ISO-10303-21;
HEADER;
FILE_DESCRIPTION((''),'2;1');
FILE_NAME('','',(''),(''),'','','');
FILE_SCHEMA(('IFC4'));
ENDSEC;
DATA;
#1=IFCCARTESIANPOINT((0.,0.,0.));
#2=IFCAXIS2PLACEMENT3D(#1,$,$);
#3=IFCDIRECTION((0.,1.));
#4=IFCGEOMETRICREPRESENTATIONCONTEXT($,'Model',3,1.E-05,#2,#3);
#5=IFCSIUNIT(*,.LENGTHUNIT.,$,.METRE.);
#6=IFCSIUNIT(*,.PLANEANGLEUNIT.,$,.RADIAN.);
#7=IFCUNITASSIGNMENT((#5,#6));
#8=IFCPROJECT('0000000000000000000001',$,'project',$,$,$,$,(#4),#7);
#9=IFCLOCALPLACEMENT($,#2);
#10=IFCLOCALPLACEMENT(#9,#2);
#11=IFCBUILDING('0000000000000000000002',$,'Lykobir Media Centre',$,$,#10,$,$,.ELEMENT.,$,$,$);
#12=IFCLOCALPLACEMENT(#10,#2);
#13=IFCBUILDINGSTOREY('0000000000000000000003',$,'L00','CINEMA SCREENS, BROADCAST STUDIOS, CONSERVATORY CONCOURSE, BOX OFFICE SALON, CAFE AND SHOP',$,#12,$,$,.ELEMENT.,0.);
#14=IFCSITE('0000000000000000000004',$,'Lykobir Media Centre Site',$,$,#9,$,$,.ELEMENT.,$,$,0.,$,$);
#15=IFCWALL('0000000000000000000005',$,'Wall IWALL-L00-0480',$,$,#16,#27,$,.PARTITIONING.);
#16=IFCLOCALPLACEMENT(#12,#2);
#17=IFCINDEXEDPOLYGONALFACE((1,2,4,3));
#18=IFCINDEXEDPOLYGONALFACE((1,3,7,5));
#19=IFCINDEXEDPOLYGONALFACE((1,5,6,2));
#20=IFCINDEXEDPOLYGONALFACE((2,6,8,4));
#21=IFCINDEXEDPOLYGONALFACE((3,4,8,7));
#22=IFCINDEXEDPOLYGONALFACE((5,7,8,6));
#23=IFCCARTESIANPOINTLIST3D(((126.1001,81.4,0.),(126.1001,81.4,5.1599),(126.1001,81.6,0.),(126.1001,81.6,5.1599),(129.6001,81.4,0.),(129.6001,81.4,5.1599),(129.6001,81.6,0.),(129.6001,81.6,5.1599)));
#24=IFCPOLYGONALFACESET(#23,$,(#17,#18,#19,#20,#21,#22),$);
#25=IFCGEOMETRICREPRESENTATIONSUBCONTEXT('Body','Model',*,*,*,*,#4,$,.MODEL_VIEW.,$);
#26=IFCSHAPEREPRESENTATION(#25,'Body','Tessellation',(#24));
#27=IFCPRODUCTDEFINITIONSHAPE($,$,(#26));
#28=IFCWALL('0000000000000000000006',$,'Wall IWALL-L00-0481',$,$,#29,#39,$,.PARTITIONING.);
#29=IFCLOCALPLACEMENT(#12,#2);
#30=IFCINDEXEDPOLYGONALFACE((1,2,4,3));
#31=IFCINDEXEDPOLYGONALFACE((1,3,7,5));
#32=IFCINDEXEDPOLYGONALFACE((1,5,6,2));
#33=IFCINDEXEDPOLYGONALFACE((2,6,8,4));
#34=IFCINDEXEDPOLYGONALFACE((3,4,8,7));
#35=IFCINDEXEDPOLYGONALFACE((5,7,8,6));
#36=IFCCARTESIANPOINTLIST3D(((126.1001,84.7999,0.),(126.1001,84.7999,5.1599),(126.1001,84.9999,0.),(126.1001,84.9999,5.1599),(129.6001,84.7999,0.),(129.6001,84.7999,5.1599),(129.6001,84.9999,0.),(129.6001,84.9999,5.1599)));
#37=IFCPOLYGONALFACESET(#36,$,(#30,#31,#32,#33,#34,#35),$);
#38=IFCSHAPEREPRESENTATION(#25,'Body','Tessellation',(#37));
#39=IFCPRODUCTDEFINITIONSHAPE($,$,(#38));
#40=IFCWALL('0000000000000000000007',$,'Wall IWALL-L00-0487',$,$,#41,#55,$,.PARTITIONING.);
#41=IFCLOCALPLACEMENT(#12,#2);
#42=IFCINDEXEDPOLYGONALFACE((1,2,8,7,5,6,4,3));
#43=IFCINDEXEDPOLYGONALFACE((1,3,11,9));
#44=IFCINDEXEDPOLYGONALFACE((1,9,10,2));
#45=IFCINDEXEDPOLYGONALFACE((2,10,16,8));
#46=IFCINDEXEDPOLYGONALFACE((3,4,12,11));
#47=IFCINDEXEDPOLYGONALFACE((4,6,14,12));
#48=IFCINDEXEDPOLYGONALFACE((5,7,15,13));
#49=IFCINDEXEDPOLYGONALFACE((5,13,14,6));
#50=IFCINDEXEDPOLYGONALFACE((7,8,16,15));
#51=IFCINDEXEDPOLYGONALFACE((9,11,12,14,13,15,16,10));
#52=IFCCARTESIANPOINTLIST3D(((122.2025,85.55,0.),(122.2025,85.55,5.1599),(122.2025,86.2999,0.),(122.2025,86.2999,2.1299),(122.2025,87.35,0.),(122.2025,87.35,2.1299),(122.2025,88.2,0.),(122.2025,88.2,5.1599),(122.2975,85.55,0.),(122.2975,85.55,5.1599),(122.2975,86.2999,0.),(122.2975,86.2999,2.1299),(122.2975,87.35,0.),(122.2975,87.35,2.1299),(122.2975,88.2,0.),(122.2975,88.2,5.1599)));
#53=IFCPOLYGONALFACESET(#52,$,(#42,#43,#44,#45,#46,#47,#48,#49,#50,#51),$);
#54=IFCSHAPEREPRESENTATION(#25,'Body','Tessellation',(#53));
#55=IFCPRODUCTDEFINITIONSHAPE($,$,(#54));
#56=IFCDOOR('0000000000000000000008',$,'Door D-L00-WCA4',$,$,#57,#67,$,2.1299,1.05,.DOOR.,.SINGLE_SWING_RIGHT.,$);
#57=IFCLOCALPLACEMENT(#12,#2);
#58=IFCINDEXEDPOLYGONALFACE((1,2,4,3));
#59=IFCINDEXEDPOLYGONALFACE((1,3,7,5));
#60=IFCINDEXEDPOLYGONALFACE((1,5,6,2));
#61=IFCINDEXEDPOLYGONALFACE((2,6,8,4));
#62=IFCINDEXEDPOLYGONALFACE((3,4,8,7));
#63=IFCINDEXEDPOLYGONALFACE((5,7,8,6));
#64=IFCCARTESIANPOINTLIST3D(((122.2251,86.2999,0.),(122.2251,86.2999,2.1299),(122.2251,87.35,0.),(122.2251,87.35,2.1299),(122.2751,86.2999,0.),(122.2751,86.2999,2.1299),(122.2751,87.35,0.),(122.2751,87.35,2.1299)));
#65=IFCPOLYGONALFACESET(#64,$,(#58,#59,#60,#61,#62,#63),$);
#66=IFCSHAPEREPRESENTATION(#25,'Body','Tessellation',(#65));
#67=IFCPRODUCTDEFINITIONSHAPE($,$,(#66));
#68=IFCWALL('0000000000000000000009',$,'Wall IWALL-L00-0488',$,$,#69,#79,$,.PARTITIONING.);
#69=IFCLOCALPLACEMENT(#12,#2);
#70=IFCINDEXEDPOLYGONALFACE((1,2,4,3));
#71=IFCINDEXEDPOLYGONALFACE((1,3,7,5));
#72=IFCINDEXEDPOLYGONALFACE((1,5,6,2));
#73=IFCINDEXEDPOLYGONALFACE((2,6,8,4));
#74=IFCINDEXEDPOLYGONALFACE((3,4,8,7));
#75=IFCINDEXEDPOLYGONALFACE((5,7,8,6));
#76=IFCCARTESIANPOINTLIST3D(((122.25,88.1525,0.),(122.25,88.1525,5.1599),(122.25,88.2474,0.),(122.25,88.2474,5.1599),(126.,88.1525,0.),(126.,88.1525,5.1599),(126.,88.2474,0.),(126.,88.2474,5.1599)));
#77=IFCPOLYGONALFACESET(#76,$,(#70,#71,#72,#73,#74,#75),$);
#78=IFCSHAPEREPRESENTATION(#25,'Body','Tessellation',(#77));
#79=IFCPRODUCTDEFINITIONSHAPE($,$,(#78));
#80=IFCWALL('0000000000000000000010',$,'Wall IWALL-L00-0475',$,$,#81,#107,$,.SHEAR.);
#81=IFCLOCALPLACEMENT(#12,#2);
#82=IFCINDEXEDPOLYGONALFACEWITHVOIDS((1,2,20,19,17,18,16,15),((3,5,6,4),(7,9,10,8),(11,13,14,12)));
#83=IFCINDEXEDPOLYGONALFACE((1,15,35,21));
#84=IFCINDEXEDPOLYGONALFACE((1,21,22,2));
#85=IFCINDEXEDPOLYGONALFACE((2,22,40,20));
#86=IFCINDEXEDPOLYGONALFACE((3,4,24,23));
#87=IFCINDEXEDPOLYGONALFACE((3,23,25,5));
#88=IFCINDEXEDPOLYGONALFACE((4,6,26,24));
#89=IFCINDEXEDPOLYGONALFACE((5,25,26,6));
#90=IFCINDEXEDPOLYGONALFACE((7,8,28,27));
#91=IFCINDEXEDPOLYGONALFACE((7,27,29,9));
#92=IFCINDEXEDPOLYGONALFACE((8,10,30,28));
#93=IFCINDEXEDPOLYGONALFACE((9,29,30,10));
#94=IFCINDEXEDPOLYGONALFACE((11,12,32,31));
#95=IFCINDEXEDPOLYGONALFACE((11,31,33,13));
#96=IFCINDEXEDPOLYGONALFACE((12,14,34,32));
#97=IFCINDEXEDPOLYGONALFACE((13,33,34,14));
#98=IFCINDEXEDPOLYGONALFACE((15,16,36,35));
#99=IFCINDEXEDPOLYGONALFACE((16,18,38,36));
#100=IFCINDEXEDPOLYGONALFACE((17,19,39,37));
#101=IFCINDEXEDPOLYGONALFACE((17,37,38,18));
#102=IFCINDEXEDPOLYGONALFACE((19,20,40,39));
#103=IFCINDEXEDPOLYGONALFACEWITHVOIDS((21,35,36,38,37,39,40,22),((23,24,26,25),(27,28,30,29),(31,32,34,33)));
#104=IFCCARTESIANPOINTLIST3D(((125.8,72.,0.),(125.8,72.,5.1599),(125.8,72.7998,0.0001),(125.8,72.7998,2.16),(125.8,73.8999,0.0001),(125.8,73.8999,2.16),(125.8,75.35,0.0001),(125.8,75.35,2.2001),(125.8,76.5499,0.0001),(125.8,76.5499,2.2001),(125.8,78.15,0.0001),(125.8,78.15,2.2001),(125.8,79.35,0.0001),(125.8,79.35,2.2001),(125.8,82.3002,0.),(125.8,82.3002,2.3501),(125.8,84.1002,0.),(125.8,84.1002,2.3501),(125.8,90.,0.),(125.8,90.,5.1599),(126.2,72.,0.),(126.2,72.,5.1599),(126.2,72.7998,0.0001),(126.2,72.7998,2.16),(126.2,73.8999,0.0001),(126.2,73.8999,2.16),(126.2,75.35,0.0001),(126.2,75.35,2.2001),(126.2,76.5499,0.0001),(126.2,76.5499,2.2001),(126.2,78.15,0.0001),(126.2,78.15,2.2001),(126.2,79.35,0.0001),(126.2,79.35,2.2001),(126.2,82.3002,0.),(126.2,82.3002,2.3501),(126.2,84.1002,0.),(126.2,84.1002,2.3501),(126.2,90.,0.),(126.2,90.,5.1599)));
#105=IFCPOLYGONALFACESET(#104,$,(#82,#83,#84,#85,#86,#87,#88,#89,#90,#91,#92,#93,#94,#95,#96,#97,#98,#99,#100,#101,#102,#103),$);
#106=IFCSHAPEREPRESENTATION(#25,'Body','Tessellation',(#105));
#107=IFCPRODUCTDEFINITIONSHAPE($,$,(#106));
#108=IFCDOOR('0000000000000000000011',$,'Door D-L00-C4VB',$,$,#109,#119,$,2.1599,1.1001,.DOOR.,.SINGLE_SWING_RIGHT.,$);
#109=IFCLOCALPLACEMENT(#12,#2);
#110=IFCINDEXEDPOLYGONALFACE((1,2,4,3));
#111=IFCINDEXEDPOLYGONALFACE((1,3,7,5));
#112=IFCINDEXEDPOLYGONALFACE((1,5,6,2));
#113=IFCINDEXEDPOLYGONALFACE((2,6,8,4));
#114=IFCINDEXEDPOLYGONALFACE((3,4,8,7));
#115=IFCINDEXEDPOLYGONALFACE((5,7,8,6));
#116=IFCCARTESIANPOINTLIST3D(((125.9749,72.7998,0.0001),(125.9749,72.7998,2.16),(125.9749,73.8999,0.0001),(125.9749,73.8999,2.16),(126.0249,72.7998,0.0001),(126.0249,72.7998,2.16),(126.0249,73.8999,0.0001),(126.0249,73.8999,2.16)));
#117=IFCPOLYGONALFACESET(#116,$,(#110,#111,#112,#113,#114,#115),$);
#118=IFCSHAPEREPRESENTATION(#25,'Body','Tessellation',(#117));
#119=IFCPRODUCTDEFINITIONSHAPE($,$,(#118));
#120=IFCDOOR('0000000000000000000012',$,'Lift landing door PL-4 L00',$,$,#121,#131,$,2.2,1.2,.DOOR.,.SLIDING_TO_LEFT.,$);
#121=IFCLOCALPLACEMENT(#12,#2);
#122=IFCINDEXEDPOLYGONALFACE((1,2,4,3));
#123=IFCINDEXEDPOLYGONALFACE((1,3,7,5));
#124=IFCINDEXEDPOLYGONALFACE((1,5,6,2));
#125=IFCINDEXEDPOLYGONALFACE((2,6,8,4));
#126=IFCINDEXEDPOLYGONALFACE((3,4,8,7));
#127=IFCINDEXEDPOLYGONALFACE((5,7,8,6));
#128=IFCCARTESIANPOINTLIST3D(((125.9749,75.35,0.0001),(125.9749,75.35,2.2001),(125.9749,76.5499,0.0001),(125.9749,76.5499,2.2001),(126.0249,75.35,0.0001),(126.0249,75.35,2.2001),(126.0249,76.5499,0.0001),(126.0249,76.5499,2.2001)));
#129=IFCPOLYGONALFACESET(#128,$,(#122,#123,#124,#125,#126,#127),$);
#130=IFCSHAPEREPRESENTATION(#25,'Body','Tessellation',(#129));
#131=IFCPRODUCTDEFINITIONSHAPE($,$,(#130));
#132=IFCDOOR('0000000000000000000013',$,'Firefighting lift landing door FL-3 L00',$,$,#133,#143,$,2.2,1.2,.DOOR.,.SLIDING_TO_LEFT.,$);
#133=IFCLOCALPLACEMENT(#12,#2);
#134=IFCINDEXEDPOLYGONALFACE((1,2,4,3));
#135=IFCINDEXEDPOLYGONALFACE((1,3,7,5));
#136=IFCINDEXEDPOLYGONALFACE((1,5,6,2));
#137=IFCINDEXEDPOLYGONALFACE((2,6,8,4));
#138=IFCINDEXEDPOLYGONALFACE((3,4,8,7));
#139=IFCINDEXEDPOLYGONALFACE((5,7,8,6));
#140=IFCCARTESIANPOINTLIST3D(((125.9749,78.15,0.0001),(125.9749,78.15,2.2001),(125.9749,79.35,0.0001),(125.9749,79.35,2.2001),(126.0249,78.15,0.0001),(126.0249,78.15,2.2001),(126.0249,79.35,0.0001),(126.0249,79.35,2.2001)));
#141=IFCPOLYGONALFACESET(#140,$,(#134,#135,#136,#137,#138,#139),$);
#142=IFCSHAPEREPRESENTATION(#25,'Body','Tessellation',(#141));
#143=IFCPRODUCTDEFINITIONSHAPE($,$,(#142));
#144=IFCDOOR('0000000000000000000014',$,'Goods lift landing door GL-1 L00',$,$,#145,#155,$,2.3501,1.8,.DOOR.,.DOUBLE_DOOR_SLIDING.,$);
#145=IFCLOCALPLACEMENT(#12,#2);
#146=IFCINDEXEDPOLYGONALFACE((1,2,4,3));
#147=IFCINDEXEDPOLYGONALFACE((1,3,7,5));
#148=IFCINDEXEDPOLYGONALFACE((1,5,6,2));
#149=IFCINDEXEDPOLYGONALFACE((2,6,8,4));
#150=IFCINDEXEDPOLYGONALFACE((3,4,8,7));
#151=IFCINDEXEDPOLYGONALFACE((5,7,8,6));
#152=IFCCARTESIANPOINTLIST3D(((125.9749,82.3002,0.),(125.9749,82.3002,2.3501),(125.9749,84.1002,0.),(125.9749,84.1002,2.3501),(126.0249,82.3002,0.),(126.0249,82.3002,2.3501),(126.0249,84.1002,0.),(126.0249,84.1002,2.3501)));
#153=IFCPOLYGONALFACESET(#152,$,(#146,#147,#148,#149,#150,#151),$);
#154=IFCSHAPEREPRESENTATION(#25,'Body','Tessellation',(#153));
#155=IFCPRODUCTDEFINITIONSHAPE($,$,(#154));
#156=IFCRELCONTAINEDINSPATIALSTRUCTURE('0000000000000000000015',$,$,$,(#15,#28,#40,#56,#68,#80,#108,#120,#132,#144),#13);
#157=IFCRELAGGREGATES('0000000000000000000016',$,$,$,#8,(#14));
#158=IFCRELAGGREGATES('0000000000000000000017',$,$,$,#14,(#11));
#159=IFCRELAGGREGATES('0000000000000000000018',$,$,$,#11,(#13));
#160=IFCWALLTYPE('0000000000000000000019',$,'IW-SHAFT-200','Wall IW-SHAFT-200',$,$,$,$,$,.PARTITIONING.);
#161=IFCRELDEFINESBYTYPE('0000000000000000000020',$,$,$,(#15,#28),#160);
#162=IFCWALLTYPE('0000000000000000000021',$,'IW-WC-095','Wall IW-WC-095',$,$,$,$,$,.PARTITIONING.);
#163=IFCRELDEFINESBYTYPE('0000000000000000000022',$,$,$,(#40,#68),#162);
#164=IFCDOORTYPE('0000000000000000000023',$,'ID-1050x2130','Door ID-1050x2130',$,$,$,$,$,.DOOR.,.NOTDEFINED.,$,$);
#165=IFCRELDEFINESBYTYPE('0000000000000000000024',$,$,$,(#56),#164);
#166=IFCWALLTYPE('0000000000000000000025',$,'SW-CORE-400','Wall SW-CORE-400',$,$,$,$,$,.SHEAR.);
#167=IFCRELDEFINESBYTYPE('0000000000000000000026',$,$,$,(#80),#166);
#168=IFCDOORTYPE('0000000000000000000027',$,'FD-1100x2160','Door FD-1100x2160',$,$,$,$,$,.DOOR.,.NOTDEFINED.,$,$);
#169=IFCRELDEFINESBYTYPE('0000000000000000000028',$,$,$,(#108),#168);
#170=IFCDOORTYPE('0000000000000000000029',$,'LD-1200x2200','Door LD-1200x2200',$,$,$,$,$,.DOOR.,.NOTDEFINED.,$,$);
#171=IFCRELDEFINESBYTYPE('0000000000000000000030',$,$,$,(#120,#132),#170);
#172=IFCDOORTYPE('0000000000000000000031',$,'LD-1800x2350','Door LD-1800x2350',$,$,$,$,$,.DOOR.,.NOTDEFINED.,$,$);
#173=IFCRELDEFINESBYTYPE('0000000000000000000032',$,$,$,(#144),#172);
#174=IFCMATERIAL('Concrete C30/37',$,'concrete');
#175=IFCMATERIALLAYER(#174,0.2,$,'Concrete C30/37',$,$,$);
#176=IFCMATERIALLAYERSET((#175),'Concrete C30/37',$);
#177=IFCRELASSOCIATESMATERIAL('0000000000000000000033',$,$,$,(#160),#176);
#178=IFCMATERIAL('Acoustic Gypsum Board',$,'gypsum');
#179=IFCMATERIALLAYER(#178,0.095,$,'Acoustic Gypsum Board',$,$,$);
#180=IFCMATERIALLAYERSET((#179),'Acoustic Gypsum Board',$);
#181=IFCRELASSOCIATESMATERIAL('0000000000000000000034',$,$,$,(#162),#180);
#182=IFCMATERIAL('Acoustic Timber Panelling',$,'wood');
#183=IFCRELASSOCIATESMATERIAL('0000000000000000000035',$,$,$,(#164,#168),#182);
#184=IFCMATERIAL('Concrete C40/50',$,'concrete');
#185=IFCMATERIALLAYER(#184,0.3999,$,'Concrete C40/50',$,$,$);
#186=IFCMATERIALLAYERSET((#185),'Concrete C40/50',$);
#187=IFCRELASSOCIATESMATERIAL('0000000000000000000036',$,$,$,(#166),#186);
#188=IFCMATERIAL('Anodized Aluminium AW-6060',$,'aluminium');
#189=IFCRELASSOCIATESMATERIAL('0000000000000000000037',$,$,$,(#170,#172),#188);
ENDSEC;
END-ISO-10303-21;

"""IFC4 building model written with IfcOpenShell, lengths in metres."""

from ifc_helpers import new_model, si_unit, direction, frame, frame_2d, origin, place, context, subcontext, project, spatial, rectangle, extrude, material, layer, layer_set, type_object, element, fill, save


model = new_model("IFC4")

# Units and contexts
model_context = context("Model", 3, precision=1e-05, world=origin(), true_north=direction((0.0, 1.0)))
body_context = subcontext(model_context, "Body", "Model", "MODEL_VIEW")
ifc_project = project(units=[si_unit("LENGTHUNIT", "METRE"), si_unit("PLANEANGLEUNIT", "RADIAN")], contexts=[model_context])

# Site, building, storey
site_placement = place(None, origin())
site = spatial("IfcSite", under=ifc_project, at=site_placement, Name="Lykobir Media Centre Site", CompositionType="ELEMENT", RefElevation=0.0)
building_placement = place(site_placement, origin())
building = spatial("IfcBuilding", under=site, at=building_placement, Name="Lykobir Media Centre", CompositionType="ELEMENT")
storey_placement = place(building_placement, origin())
storey = spatial("IfcBuildingStorey", under=building, at=storey_placement, Name="L00", Description="CINEMA SCREENS, BROADCAST STUDIOS, CONSERVATORY CONCOURSE, BOX OFFICE SALON, CAFE AND SHOP", CompositionType="ELEMENT", Elevation=0.0)

# Shared definitions
ifc_material_1 = material(Name="Concrete C40/50", Category="concrete")

# Walls
ifc_material_2 = material(Name="Acoustic Gypsum Board", Category="gypsum")
ifc_material_3 = material(Name="Concrete C30/37", Category="concrete")
ifc_layer_1 = layer(ifc_material_3, 0.2, Name="Concrete C30/37")
ifc_layer_set_1 = layer_set([ifc_layer_1], Name="Concrete C30/37")
wall_type_1 = type_object("IfcWallType", Name="IW-SHAFT-200", Description="Wall IW-SHAFT-200", PredefinedType="PARTITIONING", material=ifc_layer_set_1)
for number, where, z_axis, x_axis, name in (
    (1, (126.1001, 81.5, 0.0), (0.0, 0.0, 1.0), (1.0, 0.0, 0.0), "Wall IWALL-L00-0480"),
    (2, (126.1001, 84.8999, 0.0), (0.0, 0.0, 1.0), (1.0, 0.0, 0.0), "Wall IWALL-L00-0481"),
):
    element("IfcWall", number, at=place(storey_placement, frame(where, z_axis=z_axis, x_axis=x_axis)), inside=storey, type_object=wall_type_1, Name=name, PredefinedType="PARTITIONING", context=body_context, shape_type="SweptSolid", body=[
        extrude(rectangle(XDim=3.5, YDim=0.2, at=frame_2d((1.75, 0.0))), origin(), (0.0, 0.0, 1.0), 5.1599),
    ])

# Wall, opening, door
ifc_layer_2 = layer(ifc_material_2, 0.095, Name="Acoustic Gypsum Board")
ifc_layer_set_2 = layer_set([ifc_layer_2], Name="Acoustic Gypsum Board")
wall_type_2 = type_object("IfcWallType", Name="IW-WC-095", Description="Wall IW-WC-095", PredefinedType="PARTITIONING", material=ifc_layer_set_2)
wall_1_placement = place(storey_placement, frame((122.25, 85.55, 0.0), z_axis=(0.0, 0.0, 1.0), x_axis=(0.0, 1.0, 0.0)))
wall_1 = element("IfcWall", 3, at=wall_1_placement, inside=storey, type_object=wall_type_2, Name="Wall IWALL-L00-0487", PredefinedType="PARTITIONING", context=body_context, shape_type="SweptSolid", body=[
    extrude(rectangle(XDim=2.6499, YDim=0.095, at=frame_2d((1.325, 0.0))), origin(), (0.0, 0.0, 1.0), 5.1599),
])
opening_1_placement = place(wall_1_placement, frame((0.75, 0.0, 0.0)))
opening_1 = element("IfcOpeningElement", 4, at=opening_1_placement, cuts=wall_1, PredefinedType="OPENING", context=body_context, shape_type="SweptSolid", body=[
    extrude(rectangle(XDim=1.05, YDim=2.1299, at=frame_2d((0.5249, 1.0649))), frame((0.0, 0.0574, 0.0), z_axis=(0.0, -1.0, 0.0), x_axis=(1.0, 0.0, 0.0)), (0.0, 0.0, 1.0), 0.115),
])
ifc_material_4 = material(Name="Acoustic Timber Panelling", Category="wood")
door_type_1 = type_object("IfcDoorType", Name="ID-1050x2130", Description="Door ID-1050x2130", OperationType="NOTDEFINED", PredefinedType="DOOR", material=ifc_material_4)
door_1_placement = place(opening_1_placement, origin())
door_1 = element("IfcDoor", 5, at=door_1_placement, inside=storey, type_object=door_type_1, Name="Door D-L00-WCA4", OperationType="SINGLE_SWING_RIGHT", OverallHeight=2.1299, OverallWidth=1.05, PredefinedType="DOOR", context=body_context, shape_type="SweptSolid", body=[
    extrude(rectangle(XDim=1.05, YDim=2.1299, at=frame_2d((0.5249, 1.0649))), frame((0.0, 0.0249, 0.0), z_axis=(0.0, -1.0, 0.0), x_axis=(1.0, 0.0, 0.0)), (0.0, 0.0, 1.0), 0.05),
])
fill(opening_1, door_1)

# Wall
wall_2_placement = place(storey_placement, frame((122.25, 88.2, 0.0), z_axis=(0.0, 0.0, 1.0), x_axis=(1.0, 0.0, 0.0)))
element("IfcWall", 6, at=wall_2_placement, inside=storey, type_object=wall_type_2, Name="Wall IWALL-L00-0488", PredefinedType="PARTITIONING", context=body_context, shape_type="SweptSolid", body=[
    extrude(rectangle(XDim=3.75, YDim=0.095, at=frame_2d((1.875, 0.0))), origin(), (0.0, 0.0, 1.0), 5.1599),
])

# Wall, openings, doors
ifc_layer_3 = layer(ifc_material_1, 0.3999, Name="Concrete C40/50")
ifc_layer_set_3 = layer_set([ifc_layer_3], Name="Concrete C40/50")
wall_type_3 = type_object("IfcWallType", Name="SW-CORE-400", Description="Wall SW-CORE-400", PredefinedType="SHEAR", material=ifc_layer_set_3)
wall_3_placement = place(storey_placement, frame((126.0, 90.0, 0.0), z_axis=(0.0, 0.0, 1.0), x_axis=(0.0, -1.0, 0.0)))
wall_3 = element("IfcWall", 7, at=wall_3_placement, inside=storey, type_object=wall_type_3, Name="Wall IWALL-L00-0475", PredefinedType="SHEAR", context=body_context, shape_type="SweptSolid", body=[
    extrude(rectangle(XDim=18.0, YDim=0.3999, at=frame_2d((9.0, 0.0))), origin(), (0.0, 0.0, 1.0), 5.1599),
])
opening_2_placement = place(wall_3_placement, frame((16.1001, 0.0, 0.0)))
opening_2 = element("IfcOpeningElement", 8, at=opening_2_placement, cuts=wall_3, PredefinedType="OPENING", context=body_context, shape_type="SweptSolid", body=[
    extrude(rectangle(XDim=1.1001, YDim=2.1599, at=frame_2d((0.55, 1.0801))), frame((0.0, 0.21, 0.0), z_axis=(0.0, -1.0, 0.0), x_axis=(1.0, 0.0, 0.0)), (0.0, 0.0, 1.0), 0.4199),
])
opening_3_placement = place(wall_3_placement, frame((13.45, 0.0, 0.0)))
opening_3 = element("IfcOpeningElement", 9, at=opening_3_placement, cuts=wall_3, PredefinedType="OPENING", context=body_context, shape_type="SweptSolid", body=[
    extrude(rectangle(XDim=1.2, YDim=2.2, at=frame_2d((0.6001, 1.1001))), frame((0.0, 0.21, 0.0), z_axis=(0.0, -1.0, 0.0), x_axis=(1.0, 0.0, 0.0)), (0.0, 0.0, 1.0), 0.4199),
])
opening_4_placement = place(wall_3_placement, frame((10.6499, 0.0, 0.0)))
opening_4 = element("IfcOpeningElement", 10, at=opening_4_placement, cuts=wall_3, PredefinedType="OPENING", context=body_context, shape_type="SweptSolid", body=[
    extrude(rectangle(XDim=1.2, YDim=2.2, at=frame_2d((0.6001, 1.1001))), frame((0.0, 0.21, 0.0), z_axis=(0.0, -1.0, 0.0), x_axis=(1.0, 0.0, 0.0)), (0.0, 0.0, 1.0), 0.4199),
])
opening_5_placement = place(wall_3_placement, frame((5.8999, 0.0, 0.0)))
opening_5 = element("IfcOpeningElement", 11, at=opening_5_placement, cuts=wall_3, PredefinedType="OPENING", context=body_context, shape_type="SweptSolid", body=[
    extrude(rectangle(XDim=1.8, YDim=2.3501, at=frame_2d((0.8999, 1.175))), frame((0.0, 0.21, 0.0), z_axis=(0.0, -1.0, 0.0), x_axis=(1.0, 0.0, 0.0)), (0.0, 0.0, 1.0), 0.4199),
])
door_type_2 = type_object("IfcDoorType", Name="FD-1100x2160", Description="Door FD-1100x2160", OperationType="NOTDEFINED", PredefinedType="DOOR", material=ifc_material_4)
door_2_placement = place(opening_2_placement, origin())
door_2 = element("IfcDoor", 12, at=door_2_placement, inside=storey, type_object=door_type_2, Name="Door D-L00-C4VB", OperationType="SINGLE_SWING_RIGHT", OverallHeight=2.1599, OverallWidth=1.1001, PredefinedType="DOOR", context=body_context, shape_type="SweptSolid", body=[
    extrude(rectangle(XDim=1.1001, YDim=2.1599, at=frame_2d((0.55, 1.0801))), frame((0.0, 0.0249, 0.0), z_axis=(0.0, -1.0, 0.0), x_axis=(1.0, 0.0, 0.0)), (0.0, 0.0, 1.0), 0.05),
])
fill(opening_2, door_2)
ifc_material_5 = material(Name="Anodized Aluminium AW-6060", Category="aluminium")
door_type_3 = type_object("IfcDoorType", Name="LD-1200x2200", Description="Door LD-1200x2200", OperationType="NOTDEFINED", PredefinedType="DOOR", material=ifc_material_5)
door_3_placement = place(opening_3_placement, origin())
door_3 = element("IfcDoor", 13, at=door_3_placement, inside=storey, type_object=door_type_3, Name="Lift landing door PL-4 L00", OperationType="SLIDING_TO_LEFT", OverallHeight=2.2, OverallWidth=1.2, PredefinedType="DOOR", context=body_context, shape_type="SweptSolid", body=[
    extrude(rectangle(XDim=1.2, YDim=2.2, at=frame_2d((0.6001, 1.1001))), frame((0.0, 0.0249, 0.0), z_axis=(0.0, -1.0, 0.0), x_axis=(1.0, 0.0, 0.0)), (0.0, 0.0, 1.0), 0.05),
])
fill(opening_3, door_3)
door_4_placement = place(opening_4_placement, origin())
door_4 = element("IfcDoor", 14, at=door_4_placement, inside=storey, type_object=door_type_3, Name="Firefighting lift landing door FL-3 L00", OperationType="SLIDING_TO_LEFT", OverallHeight=2.2, OverallWidth=1.2, PredefinedType="DOOR", context=body_context, shape_type="SweptSolid", body=[
    extrude(rectangle(XDim=1.2, YDim=2.2, at=frame_2d((0.6001, 1.1001))), frame((0.0, 0.0249, 0.0), z_axis=(0.0, -1.0, 0.0), x_axis=(1.0, 0.0, 0.0)), (0.0, 0.0, 1.0), 0.05),
])
fill(opening_4, door_4)
door_type_4 = type_object("IfcDoorType", Name="LD-1800x2350", Description="Door LD-1800x2350", OperationType="NOTDEFINED", PredefinedType="DOOR", material=ifc_material_5)
door_5_placement = place(opening_5_placement, origin())
door_5 = element("IfcDoor", 15, at=door_5_placement, inside=storey, type_object=door_type_4, Name="Goods lift landing door GL-1 L00", OperationType="DOUBLE_DOOR_SLIDING", OverallHeight=2.3501, OverallWidth=1.8, PredefinedType="DOOR", context=body_context, shape_type="SweptSolid", body=[
    extrude(rectangle(XDim=1.8, YDim=2.3501, at=frame_2d((0.8999, 1.175))), frame((0.0, 0.0249, 0.0), z_axis=(0.0, -1.0, 0.0), x_axis=(1.0, 0.0, 0.0)), (0.0, 0.0, 1.0), 0.05),
])
fill(opening_5, door_5)

save(model, "model.ifc")
